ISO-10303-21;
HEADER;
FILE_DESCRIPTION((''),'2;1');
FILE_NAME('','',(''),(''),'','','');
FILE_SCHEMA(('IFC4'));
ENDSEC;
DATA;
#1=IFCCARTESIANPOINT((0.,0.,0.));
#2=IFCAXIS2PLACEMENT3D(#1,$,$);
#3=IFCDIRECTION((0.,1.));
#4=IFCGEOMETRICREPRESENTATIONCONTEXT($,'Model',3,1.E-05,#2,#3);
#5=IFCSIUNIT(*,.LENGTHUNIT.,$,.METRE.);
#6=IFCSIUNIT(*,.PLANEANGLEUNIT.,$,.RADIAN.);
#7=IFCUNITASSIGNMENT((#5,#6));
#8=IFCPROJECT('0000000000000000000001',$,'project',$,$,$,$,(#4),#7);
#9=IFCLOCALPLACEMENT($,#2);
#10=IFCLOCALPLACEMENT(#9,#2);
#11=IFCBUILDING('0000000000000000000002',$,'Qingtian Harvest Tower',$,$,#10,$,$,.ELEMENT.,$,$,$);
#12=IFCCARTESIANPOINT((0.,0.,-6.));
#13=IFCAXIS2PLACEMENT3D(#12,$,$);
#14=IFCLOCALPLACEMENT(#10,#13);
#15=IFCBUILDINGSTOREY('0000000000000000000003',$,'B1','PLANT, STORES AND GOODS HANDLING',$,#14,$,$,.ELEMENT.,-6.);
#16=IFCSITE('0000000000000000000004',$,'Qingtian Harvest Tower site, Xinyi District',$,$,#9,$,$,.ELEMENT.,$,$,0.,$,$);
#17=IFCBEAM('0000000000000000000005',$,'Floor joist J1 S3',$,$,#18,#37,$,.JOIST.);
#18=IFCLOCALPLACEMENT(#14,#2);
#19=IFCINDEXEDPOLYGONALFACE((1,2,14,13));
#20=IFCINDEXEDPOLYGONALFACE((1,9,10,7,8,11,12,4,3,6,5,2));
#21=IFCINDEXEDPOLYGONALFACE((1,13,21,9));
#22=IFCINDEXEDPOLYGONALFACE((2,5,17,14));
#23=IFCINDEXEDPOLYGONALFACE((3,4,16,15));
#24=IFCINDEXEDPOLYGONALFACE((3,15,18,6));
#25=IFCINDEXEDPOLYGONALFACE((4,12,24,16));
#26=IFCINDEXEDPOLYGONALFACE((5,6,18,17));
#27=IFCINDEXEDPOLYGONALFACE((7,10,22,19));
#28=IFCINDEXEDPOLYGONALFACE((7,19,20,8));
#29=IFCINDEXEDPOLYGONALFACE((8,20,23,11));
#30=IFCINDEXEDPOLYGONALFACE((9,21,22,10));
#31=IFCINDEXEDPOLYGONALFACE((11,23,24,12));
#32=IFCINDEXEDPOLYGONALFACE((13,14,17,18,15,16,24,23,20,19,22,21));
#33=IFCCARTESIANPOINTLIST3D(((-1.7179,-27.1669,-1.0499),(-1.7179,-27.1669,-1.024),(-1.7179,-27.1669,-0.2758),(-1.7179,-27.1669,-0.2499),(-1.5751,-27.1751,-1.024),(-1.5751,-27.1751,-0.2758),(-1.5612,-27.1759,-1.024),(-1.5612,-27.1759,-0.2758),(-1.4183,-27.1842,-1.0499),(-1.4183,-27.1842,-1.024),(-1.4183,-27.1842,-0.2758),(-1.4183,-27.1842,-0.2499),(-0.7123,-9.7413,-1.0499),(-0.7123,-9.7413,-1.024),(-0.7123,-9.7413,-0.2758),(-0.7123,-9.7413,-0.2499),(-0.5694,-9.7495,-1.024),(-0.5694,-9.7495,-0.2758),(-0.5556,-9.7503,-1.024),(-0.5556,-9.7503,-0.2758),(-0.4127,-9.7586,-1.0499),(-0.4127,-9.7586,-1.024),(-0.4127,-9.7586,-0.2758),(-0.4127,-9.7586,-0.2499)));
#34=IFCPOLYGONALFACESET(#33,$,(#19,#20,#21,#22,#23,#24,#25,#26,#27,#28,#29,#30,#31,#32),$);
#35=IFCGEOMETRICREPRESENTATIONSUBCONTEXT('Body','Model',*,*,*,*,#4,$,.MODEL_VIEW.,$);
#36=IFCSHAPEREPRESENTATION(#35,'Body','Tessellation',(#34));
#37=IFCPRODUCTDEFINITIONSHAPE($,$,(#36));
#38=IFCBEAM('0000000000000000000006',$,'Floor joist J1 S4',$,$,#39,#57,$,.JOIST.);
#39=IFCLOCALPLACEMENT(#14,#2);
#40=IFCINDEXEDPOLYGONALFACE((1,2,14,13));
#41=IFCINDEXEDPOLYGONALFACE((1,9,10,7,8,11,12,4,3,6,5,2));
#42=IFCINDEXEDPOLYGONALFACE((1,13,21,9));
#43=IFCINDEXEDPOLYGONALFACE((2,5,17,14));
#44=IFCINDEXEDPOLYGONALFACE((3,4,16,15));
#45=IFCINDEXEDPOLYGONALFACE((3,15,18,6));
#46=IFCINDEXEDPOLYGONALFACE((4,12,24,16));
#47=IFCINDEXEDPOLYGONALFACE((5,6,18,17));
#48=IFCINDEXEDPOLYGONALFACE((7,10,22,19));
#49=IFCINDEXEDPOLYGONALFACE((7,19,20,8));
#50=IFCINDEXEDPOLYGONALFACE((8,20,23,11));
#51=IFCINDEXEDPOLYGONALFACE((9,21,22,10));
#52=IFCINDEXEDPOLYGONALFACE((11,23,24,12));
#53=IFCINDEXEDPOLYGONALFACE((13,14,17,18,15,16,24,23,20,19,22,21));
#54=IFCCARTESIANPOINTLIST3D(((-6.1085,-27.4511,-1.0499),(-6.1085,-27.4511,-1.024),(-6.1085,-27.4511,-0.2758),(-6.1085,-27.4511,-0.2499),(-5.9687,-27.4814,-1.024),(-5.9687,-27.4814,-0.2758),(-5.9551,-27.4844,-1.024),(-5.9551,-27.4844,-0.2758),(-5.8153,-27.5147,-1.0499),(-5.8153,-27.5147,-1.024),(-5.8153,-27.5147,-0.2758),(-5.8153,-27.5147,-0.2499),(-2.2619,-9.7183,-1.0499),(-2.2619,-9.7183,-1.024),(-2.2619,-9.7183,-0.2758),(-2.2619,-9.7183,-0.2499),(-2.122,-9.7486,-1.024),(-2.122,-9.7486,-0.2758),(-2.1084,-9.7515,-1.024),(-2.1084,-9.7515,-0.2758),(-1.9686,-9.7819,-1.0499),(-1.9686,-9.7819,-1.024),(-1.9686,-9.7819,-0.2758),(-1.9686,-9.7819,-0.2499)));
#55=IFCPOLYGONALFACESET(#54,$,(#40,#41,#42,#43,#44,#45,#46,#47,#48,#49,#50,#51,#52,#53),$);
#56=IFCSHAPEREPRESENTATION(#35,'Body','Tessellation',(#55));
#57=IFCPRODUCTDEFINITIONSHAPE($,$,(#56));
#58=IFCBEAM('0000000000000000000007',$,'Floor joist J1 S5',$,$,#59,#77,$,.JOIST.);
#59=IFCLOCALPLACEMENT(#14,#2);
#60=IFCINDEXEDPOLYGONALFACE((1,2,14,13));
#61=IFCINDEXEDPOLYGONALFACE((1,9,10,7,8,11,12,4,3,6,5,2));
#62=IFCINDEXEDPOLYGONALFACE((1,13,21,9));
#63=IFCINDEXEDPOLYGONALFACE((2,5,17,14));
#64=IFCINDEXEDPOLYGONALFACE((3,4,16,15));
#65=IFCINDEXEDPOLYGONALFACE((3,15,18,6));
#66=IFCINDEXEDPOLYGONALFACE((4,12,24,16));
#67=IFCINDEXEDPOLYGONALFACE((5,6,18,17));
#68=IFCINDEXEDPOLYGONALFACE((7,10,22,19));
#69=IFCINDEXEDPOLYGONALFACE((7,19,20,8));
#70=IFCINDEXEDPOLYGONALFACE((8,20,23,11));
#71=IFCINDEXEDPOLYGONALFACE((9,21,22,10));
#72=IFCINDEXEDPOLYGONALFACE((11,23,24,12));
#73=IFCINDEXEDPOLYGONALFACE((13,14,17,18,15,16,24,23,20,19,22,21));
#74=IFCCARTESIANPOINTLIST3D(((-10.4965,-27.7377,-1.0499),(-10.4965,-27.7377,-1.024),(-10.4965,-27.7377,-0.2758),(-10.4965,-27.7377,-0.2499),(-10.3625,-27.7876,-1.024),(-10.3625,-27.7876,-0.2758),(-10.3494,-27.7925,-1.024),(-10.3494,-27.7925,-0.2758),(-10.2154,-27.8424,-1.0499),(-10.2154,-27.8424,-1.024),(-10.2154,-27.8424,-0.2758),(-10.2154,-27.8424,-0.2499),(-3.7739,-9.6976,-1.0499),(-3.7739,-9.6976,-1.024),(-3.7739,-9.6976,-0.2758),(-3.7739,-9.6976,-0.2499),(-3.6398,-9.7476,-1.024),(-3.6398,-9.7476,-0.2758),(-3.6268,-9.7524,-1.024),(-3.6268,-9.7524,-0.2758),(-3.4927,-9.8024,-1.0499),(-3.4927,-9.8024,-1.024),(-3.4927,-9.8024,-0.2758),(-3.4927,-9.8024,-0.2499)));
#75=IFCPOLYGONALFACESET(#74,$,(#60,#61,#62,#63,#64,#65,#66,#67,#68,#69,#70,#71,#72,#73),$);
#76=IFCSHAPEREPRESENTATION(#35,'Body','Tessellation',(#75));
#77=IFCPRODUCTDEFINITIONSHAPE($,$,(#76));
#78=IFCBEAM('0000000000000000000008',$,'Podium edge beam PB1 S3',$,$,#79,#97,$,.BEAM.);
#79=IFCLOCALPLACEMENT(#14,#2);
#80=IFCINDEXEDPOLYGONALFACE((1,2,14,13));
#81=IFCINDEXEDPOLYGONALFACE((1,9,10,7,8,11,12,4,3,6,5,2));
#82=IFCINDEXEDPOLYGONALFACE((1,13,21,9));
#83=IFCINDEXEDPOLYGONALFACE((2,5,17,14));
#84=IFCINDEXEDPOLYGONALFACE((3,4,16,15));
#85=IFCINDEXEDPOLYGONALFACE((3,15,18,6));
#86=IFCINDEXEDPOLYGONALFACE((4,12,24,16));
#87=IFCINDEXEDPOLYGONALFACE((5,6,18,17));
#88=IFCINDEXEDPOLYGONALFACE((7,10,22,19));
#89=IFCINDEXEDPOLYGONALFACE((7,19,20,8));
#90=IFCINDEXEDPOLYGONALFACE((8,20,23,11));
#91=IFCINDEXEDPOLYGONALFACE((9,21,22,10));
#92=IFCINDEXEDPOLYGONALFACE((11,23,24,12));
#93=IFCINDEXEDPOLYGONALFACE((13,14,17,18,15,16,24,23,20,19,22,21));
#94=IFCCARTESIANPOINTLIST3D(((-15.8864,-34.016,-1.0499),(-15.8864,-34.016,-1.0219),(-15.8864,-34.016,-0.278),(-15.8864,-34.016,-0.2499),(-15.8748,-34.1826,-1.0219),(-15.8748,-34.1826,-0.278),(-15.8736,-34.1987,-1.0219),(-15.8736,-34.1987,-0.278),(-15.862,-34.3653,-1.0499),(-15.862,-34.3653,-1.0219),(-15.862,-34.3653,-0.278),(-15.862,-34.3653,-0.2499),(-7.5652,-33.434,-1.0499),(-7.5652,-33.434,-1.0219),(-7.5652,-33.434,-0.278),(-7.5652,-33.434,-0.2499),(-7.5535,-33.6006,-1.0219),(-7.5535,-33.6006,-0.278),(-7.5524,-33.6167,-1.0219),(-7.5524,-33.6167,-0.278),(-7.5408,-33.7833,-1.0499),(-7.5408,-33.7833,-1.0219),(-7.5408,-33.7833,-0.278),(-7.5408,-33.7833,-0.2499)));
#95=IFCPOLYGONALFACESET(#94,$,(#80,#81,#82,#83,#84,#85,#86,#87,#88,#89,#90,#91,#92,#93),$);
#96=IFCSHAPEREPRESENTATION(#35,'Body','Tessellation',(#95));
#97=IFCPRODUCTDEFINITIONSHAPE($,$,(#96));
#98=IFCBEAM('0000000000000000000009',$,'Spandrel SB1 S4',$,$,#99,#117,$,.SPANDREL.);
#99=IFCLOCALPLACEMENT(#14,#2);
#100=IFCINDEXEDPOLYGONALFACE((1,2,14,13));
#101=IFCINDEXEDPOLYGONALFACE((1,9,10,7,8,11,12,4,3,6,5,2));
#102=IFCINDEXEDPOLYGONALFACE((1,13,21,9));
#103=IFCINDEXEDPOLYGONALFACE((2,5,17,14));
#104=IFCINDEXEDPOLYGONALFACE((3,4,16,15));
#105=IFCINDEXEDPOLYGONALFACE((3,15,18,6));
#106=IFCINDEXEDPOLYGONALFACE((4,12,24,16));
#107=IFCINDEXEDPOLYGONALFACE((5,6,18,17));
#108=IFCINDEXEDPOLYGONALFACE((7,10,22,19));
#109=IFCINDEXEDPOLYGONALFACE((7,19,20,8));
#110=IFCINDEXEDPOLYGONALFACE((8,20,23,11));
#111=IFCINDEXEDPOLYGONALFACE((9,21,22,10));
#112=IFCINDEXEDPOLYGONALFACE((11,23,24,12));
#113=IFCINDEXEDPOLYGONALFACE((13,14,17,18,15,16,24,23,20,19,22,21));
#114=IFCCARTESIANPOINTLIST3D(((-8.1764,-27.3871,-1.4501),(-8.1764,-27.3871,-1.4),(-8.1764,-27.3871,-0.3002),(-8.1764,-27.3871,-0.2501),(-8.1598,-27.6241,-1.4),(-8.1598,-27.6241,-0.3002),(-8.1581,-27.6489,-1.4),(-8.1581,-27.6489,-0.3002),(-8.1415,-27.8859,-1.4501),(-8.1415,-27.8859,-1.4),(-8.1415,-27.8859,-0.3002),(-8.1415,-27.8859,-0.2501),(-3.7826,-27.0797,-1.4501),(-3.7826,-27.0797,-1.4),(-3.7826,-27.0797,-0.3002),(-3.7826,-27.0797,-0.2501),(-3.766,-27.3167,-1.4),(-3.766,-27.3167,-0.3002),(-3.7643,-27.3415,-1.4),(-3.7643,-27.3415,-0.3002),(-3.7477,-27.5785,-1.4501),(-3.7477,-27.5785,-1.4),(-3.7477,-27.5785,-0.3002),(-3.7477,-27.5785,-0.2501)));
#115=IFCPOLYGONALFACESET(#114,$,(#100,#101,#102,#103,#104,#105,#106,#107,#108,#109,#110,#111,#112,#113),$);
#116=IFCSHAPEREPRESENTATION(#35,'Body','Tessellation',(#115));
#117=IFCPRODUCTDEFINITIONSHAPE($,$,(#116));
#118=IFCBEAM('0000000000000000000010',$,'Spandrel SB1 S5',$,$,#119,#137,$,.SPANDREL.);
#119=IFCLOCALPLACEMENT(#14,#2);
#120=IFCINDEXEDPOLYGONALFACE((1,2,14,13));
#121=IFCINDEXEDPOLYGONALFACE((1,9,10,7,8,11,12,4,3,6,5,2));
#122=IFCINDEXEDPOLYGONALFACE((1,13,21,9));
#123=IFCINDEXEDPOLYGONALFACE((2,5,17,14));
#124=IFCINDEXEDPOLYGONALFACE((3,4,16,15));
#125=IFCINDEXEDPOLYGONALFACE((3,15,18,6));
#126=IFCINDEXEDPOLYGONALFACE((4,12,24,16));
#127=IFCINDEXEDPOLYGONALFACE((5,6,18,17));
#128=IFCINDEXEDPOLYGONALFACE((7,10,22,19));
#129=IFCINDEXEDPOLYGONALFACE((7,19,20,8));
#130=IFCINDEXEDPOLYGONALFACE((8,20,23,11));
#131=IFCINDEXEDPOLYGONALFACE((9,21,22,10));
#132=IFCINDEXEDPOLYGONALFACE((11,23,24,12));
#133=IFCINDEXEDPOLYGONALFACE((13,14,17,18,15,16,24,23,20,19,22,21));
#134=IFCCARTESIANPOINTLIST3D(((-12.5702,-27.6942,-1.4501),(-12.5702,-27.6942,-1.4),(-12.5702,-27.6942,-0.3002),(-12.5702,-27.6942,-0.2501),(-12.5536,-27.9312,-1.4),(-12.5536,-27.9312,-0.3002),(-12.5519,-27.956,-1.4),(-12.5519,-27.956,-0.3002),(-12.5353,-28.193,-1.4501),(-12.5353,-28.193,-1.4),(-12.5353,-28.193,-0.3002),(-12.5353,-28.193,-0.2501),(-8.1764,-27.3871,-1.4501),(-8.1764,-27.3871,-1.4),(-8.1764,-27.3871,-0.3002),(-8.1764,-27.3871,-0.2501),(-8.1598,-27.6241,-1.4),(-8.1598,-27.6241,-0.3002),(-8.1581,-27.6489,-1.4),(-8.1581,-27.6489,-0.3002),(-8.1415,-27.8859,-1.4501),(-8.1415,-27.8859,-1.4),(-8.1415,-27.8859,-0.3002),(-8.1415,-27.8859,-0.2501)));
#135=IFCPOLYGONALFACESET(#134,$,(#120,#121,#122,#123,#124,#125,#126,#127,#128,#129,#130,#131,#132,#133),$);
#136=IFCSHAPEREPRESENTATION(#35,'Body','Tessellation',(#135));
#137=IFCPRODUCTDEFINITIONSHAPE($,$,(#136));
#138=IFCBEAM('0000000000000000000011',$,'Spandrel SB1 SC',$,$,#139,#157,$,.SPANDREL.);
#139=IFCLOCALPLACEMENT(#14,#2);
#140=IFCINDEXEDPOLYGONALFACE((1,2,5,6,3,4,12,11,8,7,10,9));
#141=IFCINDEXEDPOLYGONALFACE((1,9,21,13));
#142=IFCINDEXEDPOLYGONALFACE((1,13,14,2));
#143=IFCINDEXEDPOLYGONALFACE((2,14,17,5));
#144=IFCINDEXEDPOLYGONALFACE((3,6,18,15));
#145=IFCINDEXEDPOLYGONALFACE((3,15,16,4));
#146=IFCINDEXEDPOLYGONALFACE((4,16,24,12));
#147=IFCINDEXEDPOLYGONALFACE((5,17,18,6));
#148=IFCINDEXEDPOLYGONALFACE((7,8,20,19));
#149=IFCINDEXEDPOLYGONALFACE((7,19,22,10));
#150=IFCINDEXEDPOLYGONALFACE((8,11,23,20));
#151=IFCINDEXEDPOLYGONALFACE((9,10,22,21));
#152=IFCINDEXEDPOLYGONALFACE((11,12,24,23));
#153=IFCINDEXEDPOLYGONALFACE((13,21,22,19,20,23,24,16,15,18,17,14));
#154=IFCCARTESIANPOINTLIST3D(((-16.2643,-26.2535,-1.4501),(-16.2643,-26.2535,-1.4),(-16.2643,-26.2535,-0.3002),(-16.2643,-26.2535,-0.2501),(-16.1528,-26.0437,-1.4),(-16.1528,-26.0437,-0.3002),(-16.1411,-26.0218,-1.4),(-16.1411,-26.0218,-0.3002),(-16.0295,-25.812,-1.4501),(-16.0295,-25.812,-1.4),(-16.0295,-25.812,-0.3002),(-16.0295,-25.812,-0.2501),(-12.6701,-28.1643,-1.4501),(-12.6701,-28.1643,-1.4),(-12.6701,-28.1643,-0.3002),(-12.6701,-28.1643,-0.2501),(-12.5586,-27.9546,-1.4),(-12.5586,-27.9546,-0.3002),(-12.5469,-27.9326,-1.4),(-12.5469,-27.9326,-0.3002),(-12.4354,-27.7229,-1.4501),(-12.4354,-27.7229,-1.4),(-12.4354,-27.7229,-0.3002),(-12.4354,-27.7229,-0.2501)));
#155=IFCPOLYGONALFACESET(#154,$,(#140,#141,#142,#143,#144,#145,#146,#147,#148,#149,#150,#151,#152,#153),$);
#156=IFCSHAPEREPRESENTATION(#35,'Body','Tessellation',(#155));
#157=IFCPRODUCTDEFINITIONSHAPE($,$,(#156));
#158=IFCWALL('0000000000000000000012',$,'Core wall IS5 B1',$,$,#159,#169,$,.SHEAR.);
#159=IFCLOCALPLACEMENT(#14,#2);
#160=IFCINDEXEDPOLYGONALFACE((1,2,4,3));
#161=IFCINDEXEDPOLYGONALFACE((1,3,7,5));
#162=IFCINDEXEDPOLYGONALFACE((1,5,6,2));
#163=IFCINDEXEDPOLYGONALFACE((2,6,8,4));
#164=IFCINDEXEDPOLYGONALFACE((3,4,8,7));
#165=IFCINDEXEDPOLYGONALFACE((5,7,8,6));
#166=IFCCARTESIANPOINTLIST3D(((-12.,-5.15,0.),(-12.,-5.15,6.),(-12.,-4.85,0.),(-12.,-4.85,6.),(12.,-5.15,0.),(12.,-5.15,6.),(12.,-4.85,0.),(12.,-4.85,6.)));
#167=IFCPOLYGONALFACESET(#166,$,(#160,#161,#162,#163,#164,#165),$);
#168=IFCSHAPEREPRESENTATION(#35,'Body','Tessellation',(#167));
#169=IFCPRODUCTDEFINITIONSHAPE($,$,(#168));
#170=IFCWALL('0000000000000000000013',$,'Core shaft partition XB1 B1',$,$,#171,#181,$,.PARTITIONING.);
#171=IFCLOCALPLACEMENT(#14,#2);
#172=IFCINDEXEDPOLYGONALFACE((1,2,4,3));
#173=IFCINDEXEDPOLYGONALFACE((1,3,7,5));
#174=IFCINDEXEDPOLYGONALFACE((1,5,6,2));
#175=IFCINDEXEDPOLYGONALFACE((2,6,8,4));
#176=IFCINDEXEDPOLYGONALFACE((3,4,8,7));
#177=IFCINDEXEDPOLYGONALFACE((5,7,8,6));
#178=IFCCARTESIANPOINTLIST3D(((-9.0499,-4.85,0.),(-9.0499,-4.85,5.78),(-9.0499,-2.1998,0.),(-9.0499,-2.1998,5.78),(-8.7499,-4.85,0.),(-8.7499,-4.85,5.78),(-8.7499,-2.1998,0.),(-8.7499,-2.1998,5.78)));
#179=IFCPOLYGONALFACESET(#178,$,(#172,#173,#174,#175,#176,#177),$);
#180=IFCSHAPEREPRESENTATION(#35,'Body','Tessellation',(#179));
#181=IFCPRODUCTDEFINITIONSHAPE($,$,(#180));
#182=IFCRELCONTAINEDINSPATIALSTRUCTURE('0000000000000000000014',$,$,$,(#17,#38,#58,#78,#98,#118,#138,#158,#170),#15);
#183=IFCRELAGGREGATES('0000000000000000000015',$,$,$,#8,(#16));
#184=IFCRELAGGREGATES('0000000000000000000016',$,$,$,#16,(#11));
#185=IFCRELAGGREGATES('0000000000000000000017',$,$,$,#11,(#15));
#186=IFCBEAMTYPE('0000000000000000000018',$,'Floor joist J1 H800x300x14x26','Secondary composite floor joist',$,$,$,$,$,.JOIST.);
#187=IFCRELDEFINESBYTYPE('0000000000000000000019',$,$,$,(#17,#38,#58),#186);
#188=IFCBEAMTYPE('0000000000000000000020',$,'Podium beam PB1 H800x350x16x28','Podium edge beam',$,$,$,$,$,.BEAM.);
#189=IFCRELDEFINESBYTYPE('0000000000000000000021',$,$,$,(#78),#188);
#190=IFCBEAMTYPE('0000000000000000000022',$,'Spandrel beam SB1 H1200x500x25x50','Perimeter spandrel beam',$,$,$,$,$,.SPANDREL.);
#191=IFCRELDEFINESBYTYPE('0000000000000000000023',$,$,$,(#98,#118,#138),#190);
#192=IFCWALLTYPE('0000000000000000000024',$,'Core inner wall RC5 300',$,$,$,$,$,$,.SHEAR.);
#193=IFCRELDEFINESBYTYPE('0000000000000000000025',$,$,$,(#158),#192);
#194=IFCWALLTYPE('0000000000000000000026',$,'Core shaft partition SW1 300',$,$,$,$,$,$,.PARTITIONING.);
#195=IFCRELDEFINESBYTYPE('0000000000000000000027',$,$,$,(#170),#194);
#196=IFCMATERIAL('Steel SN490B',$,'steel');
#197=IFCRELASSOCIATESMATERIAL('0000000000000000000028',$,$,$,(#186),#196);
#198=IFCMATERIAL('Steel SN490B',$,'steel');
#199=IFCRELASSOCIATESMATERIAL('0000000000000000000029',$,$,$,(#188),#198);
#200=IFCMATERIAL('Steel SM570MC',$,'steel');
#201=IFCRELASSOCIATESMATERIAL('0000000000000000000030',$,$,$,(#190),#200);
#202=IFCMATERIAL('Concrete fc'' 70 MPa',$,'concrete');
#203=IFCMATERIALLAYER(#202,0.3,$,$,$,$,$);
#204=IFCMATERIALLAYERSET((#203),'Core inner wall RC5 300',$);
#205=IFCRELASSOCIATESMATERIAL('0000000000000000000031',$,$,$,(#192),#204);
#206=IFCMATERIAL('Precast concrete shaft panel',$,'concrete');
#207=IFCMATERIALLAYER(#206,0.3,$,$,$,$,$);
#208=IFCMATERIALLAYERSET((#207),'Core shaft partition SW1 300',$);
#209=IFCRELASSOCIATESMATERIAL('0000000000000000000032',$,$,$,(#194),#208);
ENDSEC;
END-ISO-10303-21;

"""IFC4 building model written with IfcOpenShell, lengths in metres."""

from ifc_helpers import new_model, si_unit, direction, frame, frame_2d, origin, origin_2d, place, context, subcontext, project, spatial, rectangle, i_section, extrude, material, layer, layer_set, material_profile, profile_set, type_object, element, save


model = new_model("IFC4")

# Units and contexts
model_context = context("Model", 3, precision=1e-05, world=origin(), true_north=direction((0.0, 1.0)))
body_context = subcontext(model_context, "Body", "Model", "MODEL_VIEW")
ifc_project = project(units=[si_unit("LENGTHUNIT", "METRE"), si_unit("PLANEANGLEUNIT", "RADIAN")], contexts=[model_context])

# Site, building, storey
site_placement = place(None, origin())
site = spatial("IfcSite", under=ifc_project, at=site_placement, Name="Qingtian Harvest Tower site, Xinyi District", CompositionType="ELEMENT", RefElevation=0.0)
building_placement = place(site_placement, origin())
building = spatial("IfcBuilding", under=site, at=building_placement, Name="Qingtian Harvest Tower", CompositionType="ELEMENT")
storey_placement = place(building_placement, frame((0.0, 0.0, -6.0)))
storey = spatial("IfcBuildingStorey", under=building, at=storey_placement, Name="B1", Description="PLANT, STORES AND GOODS HANDLING", CompositionType="ELEMENT", Elevation=-6.0)

# Beams
ifc_material_1 = material(Name="Steel SN490B", Category="steel")
ifc_material_profile_1 = material_profile(ifc_material_1, i_section(OverallWidth=0.3, OverallDepth=0.8, WebThickness=0.0139, FlangeThickness=0.0259, at=origin_2d()), Name="H800x300x14x26")
ifc_profile_set_1 = profile_set([ifc_material_profile_1], Name="Steel SN490B")
beam_type_1 = type_object("IfcBeamType", Name="Floor joist J1 H800x300x14x26", Description="Secondary composite floor joist", PredefinedType="JOIST", material=ifc_profile_set_1)
beam_1_placement = place(storey_placement, frame((-1.5681, -27.1755, -0.6499), z_axis=(0.057613, 0.998339, 0.0), x_axis=(-0.998339, 0.057613, 0.0)))
element("IfcBeam", 1, at=beam_1_placement, inside=storey, type_object=beam_type_1, Name="Floor joist J1 S3", PredefinedType="JOIST", context=body_context, shape_type="SweptSolid", body=[
    extrude(i_section(OverallWidth=0.3, OverallDepth=0.8, WebThickness=0.0139, FlangeThickness=0.0259, at=origin_2d()), origin(), (0.0, 0.0, 1.0), 17.4546),
])
beam_2_placement = place(storey_placement, frame((-5.9619, -27.4829, -0.6499), z_axis=(0.211993, 0.977271, 0.0), x_axis=(-0.977271, 0.211993, 0.0)))
element("IfcBeam", 2, at=beam_2_placement, inside=storey, type_object=beam_type_1, Name="Floor joist J1 S4", PredefinedType="JOIST", context=body_context, shape_type="SweptSolid", body=[
    extrude(i_section(OverallWidth=0.3, OverallDepth=0.8, WebThickness=0.0139, FlangeThickness=0.0259, at=origin_2d()), origin(), (0.0, 0.0, 1.0), 18.1453),
])
beam_3_placement = place(storey_placement, frame((-10.356, -27.79, -0.6499), z_axis=(0.349194, 0.937051, 0.0), x_axis=(-0.937051, 0.349194, 0.0)))
element("IfcBeam", 3, at=beam_3_placement, inside=storey, type_object=beam_type_1, Name="Floor joist J1 S5", PredefinedType="JOIST", context=body_context, shape_type="SweptSolid", body=[
    extrude(i_section(OverallWidth=0.3, OverallDepth=0.8, WebThickness=0.0139, FlangeThickness=0.0259, at=origin_2d()), origin(), (0.0, 0.0, 1.0), 19.252),
])
ifc_material_2 = material(Name="Steel SN490B", Category="steel")
ifc_material_profile_2 = material_profile(ifc_material_2, i_section(OverallWidth=0.3501, OverallDepth=0.8, WebThickness=0.0161, FlangeThickness=0.0281, at=origin_2d()), Name="H800x350x16x28")
ifc_profile_set_2 = profile_set([ifc_material_profile_2], Name="Steel SN490B")
beam_type_2 = type_object("IfcBeamType", Name="Podium beam PB1 H800x350x16x28", Description="Podium edge beam", PredefinedType="BEAM", material=ifc_profile_set_2)
beam_4_placement = place(storey_placement, frame((-7.553, -33.6086, -0.6499), z_axis=(-0.997563, -0.069774, 0.0), x_axis=(0.069774, -0.997563, 0.0)))
element("IfcBeam", 4, at=beam_4_placement, inside=storey, type_object=beam_type_2, Name="Podium edge beam PB1 S3", PredefinedType="BEAM", context=body_context, shape_type="SweptSolid", body=[
    extrude(i_section(OverallWidth=0.3501, OverallDepth=0.8, WebThickness=0.0161, FlangeThickness=0.0281, at=origin_2d()), origin(), (0.0, 0.0, 1.0), 8.3416),
])
ifc_material_3 = material(Name="Steel SM570MC", Category="steel")
ifc_material_profile_3 = material_profile(ifc_material_3, i_section(OverallWidth=0.5, OverallDepth=1.2, WebThickness=0.0249, FlangeThickness=0.05, at=origin_2d()), Name="H1200x500x25x50")
ifc_profile_set_3 = profile_set([ifc_material_profile_3], Name="Steel SM570MC")
beam_type_3 = type_object("IfcBeamType", Name="Spandrel beam SB1 H1200x500x25x50", Description="Perimeter spandrel beam", PredefinedType="SPANDREL", material=ifc_profile_set_3)
for number, where, z_axis, x_axis, name in (
    (5, (-3.7651, -27.3291, -0.8501), (-0.997562, -0.069786, 0.0), (0.069786, -0.997562, 0.0), "Spandrel SB1 S4"),
    (6, (-8.1589, -27.6365, -0.8501), (-0.997566, -0.06973, 0.0), (0.06973, -0.997566, 0.0), "Spandrel SB1 S5"),
):
    element("IfcBeam", number, at=place(storey_placement, frame(where, z_axis=z_axis, x_axis=x_axis)), inside=storey, type_object=beam_type_3, Name=name, PredefinedType="SPANDREL", context=body_context, shape_type="SweptSolid", body=[
        extrude(i_section(OverallWidth=0.5, OverallDepth=1.2, WebThickness=0.0249, FlangeThickness=0.05, at=origin_2d()), origin(), (0.0, 0.0, 1.0), 4.4045),
    ])
beam_5_placement = place(storey_placement, frame((-12.5527, -27.9436, -0.8501), z_axis=(-0.882968, 0.469433, 0.0), x_axis=(-0.469433, -0.882968, 0.0)))
element("IfcBeam", 7, at=beam_5_placement, inside=storey, type_object=beam_type_3, Name="Spandrel SB1 SC", PredefinedType="SPANDREL", context=body_context, shape_type="SweptSolid", body=[
    extrude(i_section(OverallWidth=0.5, OverallDepth=1.2, WebThickness=0.0249, FlangeThickness=0.05, at=origin_2d()), origin(), (0.0, 0.0, 1.0), 4.0706),
])

# Walls
ifc_material_4 = material(Name="Concrete fc' 70 MPa", Category="concrete")
ifc_layer_1 = layer(ifc_material_4, 0.3)
ifc_layer_set_1 = layer_set([ifc_layer_1], Name="Core inner wall RC5 300")
wall_type_1 = type_object("IfcWallType", Name="Core inner wall RC5 300", PredefinedType="SHEAR", material=ifc_layer_set_1)
wall_1_placement = place(storey_placement, frame((-12.0, -5.0, 0.0), z_axis=(0.0, 0.0, 1.0), x_axis=(1.0, 0.0, 0.0)))
element("IfcWall", 8, at=wall_1_placement, inside=storey, type_object=wall_type_1, Name="Core wall IS5 B1", PredefinedType="SHEAR", context=body_context, shape_type="SweptSolid", body=[
    extrude(rectangle(XDim=24.0, YDim=0.3, at=frame_2d((12.0, 0.0))), origin(), (0.0, 0.0, 1.0), 6.0),
])
ifc_material_5 = material(Name="Precast concrete shaft panel", Category="concrete")
ifc_layer_2 = layer(ifc_material_5, 0.3)
ifc_layer_set_2 = layer_set([ifc_layer_2], Name="Core shaft partition SW1 300")
wall_type_2 = type_object("IfcWallType", Name="Core shaft partition SW1 300", PredefinedType="PARTITIONING", material=ifc_layer_set_2)
wall_2_placement = place(storey_placement, frame((-8.8999, -4.8501, 0.0), z_axis=(0.0, 0.0, 1.0), x_axis=(0.0, 1.0, 0.0)))
element("IfcWall", 9, at=wall_2_placement, inside=storey, type_object=wall_type_2, Name="Core shaft partition XB1 B1", PredefinedType="PARTITIONING", context=body_context, shape_type="SweptSolid", body=[
    extrude(rectangle(XDim=2.6501, YDim=0.3, at=frame_2d((1.3252, 0.0))), origin(), (0.0, 0.0, 1.0), 5.78),
])

save(model, "model.ifc")
